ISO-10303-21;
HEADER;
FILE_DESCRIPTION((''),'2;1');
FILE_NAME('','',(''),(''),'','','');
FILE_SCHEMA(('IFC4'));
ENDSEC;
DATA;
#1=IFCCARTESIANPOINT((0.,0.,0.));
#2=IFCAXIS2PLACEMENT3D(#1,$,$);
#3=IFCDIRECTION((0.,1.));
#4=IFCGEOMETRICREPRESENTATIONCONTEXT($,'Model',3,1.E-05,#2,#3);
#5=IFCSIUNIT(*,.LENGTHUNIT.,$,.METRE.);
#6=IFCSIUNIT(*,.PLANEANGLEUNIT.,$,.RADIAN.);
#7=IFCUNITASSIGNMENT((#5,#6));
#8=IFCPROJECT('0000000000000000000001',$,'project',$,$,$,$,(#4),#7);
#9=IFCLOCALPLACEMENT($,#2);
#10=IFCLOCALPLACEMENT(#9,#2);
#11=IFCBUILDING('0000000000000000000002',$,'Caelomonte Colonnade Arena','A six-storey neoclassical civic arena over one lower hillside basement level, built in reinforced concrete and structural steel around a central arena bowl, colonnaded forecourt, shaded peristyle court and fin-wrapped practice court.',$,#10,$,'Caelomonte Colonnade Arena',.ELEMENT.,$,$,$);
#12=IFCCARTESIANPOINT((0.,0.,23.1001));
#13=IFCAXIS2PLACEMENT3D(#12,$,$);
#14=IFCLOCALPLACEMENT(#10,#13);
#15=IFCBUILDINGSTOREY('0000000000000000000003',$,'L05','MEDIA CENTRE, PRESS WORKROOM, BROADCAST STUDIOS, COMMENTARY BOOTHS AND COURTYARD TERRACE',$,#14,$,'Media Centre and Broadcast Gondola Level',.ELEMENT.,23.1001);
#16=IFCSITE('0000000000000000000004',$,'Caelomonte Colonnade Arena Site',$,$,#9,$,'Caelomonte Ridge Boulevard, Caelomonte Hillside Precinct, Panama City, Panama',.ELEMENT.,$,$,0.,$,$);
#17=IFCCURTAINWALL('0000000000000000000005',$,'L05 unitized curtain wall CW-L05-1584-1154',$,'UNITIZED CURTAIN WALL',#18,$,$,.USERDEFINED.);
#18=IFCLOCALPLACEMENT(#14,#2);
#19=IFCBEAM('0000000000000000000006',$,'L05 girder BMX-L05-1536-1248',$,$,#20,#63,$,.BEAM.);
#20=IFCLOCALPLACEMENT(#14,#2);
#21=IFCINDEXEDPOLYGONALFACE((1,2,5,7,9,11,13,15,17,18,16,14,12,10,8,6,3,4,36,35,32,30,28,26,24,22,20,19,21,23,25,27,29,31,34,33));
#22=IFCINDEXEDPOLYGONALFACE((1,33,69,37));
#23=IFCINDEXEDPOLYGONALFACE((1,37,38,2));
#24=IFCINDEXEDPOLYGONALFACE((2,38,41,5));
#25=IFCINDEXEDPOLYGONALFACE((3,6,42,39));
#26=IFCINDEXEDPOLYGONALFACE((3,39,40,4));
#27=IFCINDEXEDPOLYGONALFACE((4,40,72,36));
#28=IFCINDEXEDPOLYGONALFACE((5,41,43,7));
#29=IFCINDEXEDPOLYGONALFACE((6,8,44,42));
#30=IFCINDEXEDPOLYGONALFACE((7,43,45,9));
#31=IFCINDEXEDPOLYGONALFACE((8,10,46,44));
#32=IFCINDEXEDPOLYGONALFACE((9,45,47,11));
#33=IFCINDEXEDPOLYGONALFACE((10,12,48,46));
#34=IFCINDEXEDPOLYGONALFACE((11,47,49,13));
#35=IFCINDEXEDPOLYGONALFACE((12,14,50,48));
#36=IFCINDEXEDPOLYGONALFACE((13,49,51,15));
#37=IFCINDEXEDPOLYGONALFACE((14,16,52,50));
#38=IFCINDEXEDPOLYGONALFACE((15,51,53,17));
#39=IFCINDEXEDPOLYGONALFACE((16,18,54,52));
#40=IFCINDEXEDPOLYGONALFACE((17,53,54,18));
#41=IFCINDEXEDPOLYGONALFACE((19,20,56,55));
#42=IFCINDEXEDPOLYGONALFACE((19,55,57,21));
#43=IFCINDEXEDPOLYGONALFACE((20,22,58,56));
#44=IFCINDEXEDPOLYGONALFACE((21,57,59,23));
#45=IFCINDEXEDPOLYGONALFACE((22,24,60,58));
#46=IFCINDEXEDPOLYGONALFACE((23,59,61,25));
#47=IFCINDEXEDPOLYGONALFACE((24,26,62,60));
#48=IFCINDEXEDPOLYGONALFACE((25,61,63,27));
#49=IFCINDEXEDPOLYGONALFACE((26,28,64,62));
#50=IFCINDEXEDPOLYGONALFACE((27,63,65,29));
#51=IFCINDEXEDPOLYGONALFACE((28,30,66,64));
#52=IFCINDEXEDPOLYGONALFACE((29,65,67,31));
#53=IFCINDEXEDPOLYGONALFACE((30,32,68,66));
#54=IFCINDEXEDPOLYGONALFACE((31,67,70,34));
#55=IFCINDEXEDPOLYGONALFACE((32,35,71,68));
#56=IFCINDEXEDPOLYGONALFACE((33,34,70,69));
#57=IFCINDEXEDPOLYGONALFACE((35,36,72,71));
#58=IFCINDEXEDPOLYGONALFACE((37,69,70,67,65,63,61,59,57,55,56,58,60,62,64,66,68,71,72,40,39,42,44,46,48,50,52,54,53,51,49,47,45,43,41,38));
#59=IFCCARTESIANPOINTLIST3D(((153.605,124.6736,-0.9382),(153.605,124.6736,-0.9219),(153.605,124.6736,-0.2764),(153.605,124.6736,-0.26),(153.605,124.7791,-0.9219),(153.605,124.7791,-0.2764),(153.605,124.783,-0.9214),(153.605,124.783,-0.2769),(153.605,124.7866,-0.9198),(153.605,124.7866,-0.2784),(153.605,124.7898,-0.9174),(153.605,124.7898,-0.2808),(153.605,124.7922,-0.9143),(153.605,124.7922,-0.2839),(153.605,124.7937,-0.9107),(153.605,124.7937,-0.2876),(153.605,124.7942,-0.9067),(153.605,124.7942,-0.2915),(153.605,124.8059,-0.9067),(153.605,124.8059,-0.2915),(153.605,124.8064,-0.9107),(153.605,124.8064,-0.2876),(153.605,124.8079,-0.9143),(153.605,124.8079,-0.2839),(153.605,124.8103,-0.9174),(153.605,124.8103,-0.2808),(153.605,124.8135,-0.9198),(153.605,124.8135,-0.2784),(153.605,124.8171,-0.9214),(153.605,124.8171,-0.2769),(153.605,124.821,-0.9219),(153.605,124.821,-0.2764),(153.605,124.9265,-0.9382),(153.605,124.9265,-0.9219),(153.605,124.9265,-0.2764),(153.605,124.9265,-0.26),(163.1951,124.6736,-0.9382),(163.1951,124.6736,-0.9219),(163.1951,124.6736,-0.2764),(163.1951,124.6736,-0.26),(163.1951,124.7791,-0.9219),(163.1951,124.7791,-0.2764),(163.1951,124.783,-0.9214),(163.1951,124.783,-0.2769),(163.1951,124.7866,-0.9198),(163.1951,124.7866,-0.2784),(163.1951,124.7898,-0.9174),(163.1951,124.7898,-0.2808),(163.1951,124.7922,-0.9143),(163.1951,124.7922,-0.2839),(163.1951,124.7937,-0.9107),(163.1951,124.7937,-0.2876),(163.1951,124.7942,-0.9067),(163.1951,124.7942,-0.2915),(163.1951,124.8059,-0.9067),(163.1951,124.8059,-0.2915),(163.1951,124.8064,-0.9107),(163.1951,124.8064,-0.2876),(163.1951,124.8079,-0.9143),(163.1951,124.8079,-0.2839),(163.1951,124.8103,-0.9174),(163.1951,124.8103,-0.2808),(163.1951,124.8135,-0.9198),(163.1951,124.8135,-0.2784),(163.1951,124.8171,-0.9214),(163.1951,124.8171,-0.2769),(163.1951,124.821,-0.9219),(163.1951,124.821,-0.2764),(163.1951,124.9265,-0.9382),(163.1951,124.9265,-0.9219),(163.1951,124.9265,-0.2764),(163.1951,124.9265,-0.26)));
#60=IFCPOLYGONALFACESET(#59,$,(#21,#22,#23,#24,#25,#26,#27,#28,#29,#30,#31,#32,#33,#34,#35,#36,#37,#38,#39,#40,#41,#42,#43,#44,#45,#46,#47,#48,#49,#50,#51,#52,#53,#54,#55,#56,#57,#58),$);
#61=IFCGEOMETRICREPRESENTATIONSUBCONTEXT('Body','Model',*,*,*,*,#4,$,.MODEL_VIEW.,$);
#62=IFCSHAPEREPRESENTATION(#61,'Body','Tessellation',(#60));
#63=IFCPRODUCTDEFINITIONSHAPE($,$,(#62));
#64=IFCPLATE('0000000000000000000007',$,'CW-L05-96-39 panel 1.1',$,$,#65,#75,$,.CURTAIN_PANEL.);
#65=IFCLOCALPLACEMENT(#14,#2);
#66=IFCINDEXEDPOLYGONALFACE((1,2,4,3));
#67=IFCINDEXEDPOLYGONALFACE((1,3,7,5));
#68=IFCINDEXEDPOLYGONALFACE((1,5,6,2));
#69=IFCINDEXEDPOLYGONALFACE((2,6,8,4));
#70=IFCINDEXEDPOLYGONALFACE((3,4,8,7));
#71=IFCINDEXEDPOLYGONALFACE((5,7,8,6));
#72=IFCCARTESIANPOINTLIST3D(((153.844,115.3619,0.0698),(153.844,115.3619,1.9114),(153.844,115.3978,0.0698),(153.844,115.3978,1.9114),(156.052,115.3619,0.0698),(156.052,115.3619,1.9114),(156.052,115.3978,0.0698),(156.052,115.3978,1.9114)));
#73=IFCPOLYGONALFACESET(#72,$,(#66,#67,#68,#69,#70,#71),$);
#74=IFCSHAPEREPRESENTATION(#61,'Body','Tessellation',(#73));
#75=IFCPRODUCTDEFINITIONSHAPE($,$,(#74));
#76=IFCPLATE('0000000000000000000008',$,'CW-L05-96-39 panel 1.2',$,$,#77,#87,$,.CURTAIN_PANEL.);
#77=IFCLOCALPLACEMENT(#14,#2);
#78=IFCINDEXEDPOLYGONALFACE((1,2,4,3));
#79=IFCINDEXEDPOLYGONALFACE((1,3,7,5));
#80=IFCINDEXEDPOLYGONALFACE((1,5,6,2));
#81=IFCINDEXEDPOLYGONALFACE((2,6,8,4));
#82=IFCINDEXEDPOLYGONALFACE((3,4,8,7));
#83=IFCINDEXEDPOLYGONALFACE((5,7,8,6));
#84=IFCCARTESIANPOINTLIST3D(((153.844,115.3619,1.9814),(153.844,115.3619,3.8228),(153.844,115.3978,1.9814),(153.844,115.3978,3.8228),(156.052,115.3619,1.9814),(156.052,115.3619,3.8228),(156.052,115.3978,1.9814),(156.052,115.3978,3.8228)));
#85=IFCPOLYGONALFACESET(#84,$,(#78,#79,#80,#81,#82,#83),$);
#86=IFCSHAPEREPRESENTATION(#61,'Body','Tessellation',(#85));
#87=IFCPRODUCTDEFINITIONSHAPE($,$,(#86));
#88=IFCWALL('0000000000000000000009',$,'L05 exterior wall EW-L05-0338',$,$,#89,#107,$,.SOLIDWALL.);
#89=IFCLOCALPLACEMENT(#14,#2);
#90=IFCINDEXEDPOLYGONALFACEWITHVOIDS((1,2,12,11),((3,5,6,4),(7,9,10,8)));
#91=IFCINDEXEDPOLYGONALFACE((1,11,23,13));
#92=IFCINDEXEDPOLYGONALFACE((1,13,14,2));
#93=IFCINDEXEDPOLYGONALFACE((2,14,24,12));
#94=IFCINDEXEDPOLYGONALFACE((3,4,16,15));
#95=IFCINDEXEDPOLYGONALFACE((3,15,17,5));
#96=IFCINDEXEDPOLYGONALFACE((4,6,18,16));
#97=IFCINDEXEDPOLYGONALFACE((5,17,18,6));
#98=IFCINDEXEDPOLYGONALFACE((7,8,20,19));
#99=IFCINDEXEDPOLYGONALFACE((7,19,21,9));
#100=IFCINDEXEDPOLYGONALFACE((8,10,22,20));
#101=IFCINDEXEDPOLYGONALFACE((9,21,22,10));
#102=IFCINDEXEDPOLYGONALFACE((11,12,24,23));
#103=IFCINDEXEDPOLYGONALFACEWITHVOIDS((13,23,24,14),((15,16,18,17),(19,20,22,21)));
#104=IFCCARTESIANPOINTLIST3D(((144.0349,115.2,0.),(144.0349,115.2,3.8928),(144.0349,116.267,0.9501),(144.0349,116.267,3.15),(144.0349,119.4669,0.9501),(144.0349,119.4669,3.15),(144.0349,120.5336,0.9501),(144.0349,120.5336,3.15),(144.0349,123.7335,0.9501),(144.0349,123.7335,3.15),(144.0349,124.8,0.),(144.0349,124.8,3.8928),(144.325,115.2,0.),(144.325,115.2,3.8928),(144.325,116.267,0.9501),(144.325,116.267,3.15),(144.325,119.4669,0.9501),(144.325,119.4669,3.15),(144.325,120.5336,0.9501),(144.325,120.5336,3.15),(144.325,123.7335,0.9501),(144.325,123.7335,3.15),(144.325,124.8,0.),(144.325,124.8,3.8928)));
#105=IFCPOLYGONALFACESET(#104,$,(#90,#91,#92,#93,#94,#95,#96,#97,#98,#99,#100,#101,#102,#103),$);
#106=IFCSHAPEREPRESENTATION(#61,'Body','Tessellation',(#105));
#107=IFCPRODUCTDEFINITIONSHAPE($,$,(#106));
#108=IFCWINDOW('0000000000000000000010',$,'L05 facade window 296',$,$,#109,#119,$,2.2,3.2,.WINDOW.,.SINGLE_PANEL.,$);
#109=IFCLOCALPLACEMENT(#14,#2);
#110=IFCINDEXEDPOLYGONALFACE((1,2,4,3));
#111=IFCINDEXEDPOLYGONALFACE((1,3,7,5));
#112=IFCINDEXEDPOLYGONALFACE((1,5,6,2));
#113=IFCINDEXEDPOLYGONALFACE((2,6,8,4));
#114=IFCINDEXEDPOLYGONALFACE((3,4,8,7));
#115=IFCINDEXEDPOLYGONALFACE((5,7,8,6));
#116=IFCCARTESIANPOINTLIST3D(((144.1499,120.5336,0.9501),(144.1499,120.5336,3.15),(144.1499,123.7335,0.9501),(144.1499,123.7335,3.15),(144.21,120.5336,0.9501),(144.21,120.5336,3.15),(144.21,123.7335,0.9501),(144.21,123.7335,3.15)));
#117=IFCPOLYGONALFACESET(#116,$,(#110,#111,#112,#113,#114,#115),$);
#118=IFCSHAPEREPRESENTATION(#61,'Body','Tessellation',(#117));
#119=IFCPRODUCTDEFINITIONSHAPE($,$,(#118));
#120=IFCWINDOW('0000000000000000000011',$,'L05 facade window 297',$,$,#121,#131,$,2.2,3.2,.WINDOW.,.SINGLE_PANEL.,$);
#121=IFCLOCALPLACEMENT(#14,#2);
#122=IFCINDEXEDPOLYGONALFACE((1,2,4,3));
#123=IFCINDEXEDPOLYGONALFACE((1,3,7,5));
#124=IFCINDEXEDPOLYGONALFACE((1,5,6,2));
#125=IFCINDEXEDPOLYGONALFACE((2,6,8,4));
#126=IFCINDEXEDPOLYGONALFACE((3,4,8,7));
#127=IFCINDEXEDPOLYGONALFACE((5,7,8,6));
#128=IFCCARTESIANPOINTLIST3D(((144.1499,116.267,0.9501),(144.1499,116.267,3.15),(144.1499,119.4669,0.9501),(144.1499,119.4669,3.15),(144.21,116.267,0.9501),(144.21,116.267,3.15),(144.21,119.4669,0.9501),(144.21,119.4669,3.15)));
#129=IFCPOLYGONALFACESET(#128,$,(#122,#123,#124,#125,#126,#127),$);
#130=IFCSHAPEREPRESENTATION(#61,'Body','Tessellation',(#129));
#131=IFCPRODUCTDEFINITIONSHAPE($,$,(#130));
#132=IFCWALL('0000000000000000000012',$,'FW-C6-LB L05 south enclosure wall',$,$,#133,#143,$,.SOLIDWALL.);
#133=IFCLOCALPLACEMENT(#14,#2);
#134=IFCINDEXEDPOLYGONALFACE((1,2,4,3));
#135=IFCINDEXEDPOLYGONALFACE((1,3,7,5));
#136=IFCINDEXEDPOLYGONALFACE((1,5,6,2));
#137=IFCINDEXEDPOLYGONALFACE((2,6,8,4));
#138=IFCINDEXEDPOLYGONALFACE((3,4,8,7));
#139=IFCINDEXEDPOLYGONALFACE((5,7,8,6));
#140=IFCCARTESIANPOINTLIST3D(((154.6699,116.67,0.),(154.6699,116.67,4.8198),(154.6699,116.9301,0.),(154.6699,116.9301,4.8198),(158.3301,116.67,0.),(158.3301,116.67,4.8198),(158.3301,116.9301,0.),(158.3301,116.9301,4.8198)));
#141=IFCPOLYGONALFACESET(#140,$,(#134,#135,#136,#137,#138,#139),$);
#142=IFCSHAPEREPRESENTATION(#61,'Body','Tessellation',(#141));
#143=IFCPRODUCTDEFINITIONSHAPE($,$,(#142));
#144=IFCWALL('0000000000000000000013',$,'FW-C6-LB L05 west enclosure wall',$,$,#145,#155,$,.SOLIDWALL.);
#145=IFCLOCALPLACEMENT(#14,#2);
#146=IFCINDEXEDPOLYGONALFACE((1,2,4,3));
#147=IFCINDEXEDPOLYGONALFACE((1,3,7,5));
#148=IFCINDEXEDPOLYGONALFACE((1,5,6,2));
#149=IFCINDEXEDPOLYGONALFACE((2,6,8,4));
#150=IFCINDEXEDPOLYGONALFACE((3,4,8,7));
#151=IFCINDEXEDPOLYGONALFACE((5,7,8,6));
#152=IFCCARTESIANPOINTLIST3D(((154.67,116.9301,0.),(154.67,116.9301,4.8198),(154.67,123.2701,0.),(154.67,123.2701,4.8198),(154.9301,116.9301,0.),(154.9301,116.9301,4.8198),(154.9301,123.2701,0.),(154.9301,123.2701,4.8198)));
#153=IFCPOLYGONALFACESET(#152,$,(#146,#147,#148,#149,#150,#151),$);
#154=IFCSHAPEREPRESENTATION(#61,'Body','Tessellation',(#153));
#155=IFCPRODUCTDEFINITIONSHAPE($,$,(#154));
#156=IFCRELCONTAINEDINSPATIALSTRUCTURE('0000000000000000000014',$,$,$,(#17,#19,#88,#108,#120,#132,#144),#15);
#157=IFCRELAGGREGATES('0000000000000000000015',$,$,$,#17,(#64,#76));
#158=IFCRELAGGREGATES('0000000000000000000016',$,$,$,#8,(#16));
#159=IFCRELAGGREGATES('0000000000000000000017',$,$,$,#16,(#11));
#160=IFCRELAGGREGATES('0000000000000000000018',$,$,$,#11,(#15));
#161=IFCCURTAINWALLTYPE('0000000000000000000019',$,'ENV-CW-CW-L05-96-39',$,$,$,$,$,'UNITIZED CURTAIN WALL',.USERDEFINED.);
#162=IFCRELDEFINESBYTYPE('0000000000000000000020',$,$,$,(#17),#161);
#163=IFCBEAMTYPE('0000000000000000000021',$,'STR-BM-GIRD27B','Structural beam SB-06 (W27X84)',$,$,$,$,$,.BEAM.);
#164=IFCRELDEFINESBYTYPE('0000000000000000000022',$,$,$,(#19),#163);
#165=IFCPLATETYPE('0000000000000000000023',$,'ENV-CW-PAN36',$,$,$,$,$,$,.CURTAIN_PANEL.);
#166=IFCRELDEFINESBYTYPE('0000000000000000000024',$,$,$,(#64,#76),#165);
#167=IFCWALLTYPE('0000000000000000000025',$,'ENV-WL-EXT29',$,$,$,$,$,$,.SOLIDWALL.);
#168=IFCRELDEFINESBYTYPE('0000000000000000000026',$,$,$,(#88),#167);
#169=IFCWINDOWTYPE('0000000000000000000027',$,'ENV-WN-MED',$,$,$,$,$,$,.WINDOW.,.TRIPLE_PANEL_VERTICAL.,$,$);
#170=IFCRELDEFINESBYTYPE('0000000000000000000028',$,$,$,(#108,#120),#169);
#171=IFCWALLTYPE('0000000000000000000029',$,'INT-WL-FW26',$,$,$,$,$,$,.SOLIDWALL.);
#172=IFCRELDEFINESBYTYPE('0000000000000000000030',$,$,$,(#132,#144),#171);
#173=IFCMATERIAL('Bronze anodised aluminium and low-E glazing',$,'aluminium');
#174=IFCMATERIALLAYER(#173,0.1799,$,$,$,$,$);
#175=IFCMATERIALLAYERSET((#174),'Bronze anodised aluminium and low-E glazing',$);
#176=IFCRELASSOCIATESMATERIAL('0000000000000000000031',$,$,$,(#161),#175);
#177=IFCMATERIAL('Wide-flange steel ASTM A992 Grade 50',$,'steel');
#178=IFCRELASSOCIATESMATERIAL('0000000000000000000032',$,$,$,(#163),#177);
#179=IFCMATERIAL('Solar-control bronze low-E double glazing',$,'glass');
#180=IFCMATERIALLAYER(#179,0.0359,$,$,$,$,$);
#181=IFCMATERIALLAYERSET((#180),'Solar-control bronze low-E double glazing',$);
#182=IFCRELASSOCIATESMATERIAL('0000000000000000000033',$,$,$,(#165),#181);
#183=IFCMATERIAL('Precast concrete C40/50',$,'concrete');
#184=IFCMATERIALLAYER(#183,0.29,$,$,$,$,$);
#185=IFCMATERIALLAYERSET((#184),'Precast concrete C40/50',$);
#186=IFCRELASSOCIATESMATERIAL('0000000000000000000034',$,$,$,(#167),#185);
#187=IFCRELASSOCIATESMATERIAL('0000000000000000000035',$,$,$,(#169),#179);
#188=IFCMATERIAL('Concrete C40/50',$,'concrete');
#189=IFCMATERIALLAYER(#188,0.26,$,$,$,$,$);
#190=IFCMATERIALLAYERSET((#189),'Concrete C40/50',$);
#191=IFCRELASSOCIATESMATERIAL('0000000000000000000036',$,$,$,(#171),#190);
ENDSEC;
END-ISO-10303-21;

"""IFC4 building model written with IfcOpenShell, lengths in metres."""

from ifc_helpers import new_model, si_unit, direction, frame, frame_2d, origin, origin_2d, place, context, subcontext, project, spatial, rectangle, i_section, extrude, material, layer, layer_set, material_profile, profile_set, type_object, element, fill, aggregate, save


model = new_model("IFC4")

# Units and contexts
model_context = context("Model", 3, precision=1e-05, world=origin(), true_north=direction((0.0, 1.0)))
body_context = subcontext(model_context, "Body", "Model", "MODEL_VIEW")
ifc_project = project(units=[si_unit("LENGTHUNIT", "METRE"), si_unit("PLANEANGLEUNIT", "RADIAN")], contexts=[model_context])

# Site, building, storey
site_placement = place(None, origin())
site = spatial("IfcSite", under=ifc_project, at=site_placement, Name="Caelomonte Colonnade Arena Site", LongName="Caelomonte Ridge Boulevard, Caelomonte Hillside Precinct, Panama City, Panama", CompositionType="ELEMENT", RefElevation=0.0)
building_placement = place(site_placement, origin())
building = spatial("IfcBuilding", under=site, at=building_placement, Name="Caelomonte Colonnade Arena", Description="A six-storey neoclassical civic arena over one lower hillside basement level, built in reinforced concrete and structural steel around a central arena bowl, colonnaded forecourt, shaded peristyle court and fin-wrapped practice court.", LongName="Caelomonte Colonnade Arena", CompositionType="ELEMENT")
storey_placement = place(building_placement, frame((0.0, 0.0, 23.1001)))
storey = spatial("IfcBuildingStorey", under=building, at=storey_placement, Name="L05", Description="MEDIA CENTRE, PRESS WORKROOM, BROADCAST STUDIOS, COMMENTARY BOOTHS AND COURTYARD TERRACE", LongName="Media Centre and Broadcast Gondola Level", CompositionType="ELEMENT", Elevation=23.1001)

# Shared definitions
ifc_material_1 = material(Name="Wide-flange steel ASTM A992 Grade 50", Category="steel")

# Shared definitions
ifc_material_2 = material(Name="Bronze anodised aluminium and low-E glazing", Category="aluminium")
ifc_layer_1 = layer(ifc_material_2, 0.1799)
ifc_layer_set_1 = layer_set([ifc_layer_1], Name="Bronze anodised aluminium and low-E glazing")
curtain_wall_type = type_object("IfcCurtainWallType", Name="ENV-CW-CW-L05-96-39", ElementType="UNITIZED CURTAIN WALL", PredefinedType="USERDEFINED", material=ifc_layer_set_1)

# Curtain wall
curtain_wall_1_placement = place(storey_placement, origin())
curtain_wall_1 = element("IfcCurtainWall", 1, at=curtain_wall_1_placement, inside=storey, type_object=curtain_wall_type, Name="L05 unitized curtain wall CW-L05-1584-1154", ObjectType="UNITIZED CURTAIN WALL", PredefinedType="USERDEFINED")

# Beam
ifc_material_profile_1 = material_profile(ifc_material_1, i_section(OverallWidth=0.2529, OverallDepth=0.6782, WebThickness=0.0117, FlangeThickness=0.0164, FilletRadius=0.0151, at=origin_2d()), Name="W27X84")
ifc_profile_set_1 = profile_set([ifc_material_profile_1], Name="Wide-flange steel ASTM A992 Grade 50")
beam_type_1 = type_object("IfcBeamType", Name="STR-BM-GIRD27B", Description="Structural beam SB-06 (W27X84)", PredefinedType="BEAM", material=ifc_profile_set_1)
beam_1_placement = place(storey_placement, frame((153.605, 124.8, -0.5991), z_axis=(1.0, 0.0, 0.0), x_axis=(0.0, 1.0, 0.0)))
element("IfcBeam", 2, at=beam_1_placement, inside=storey, type_object=beam_type_1, Name="L05 girder BMX-L05-1536-1248", PredefinedType="BEAM", context=body_context, shape_type="SweptSolid", body=[
    extrude(i_section(OverallWidth=0.2529, OverallDepth=0.6782, WebThickness=0.0117, FlangeThickness=0.0164, FilletRadius=0.0151, at=origin_2d()), origin(), (0.0, 0.0, 1.0), 9.5901),
])

# Plates
ifc_material_3 = material(Name="Solar-control bronze low-E double glazing", Category="glass")
ifc_layer_2 = layer(ifc_material_3, 0.0359)
ifc_layer_set_2 = layer_set([ifc_layer_2], Name="Solar-control bronze low-E double glazing")
plate_type = type_object("IfcPlateType", Name="ENV-CW-PAN36", PredefinedType="CURTAIN_PANEL", material=ifc_layer_set_2)
plate_1_placement = place(storey_placement, frame((154.948, 115.3799, 0.0698), z_axis=(0.0, 0.0, 1.0), x_axis=(1.0, 0.0, 0.0)))
plate_1 = element("IfcPlate", 3, at=plate_1_placement, type_object=plate_type, Name="CW-L05-96-39 panel 1.1", PredefinedType="CURTAIN_PANEL", context=body_context, shape_type="SweptSolid", body=[
    extrude(rectangle(XDim=2.208, YDim=0.0359, at=origin_2d()), origin(), (0.0, 0.0, 1.0), 1.8416),
])
plate_2_placement = place(storey_placement, frame((154.948, 115.3799, 1.9814), z_axis=(0.0, 0.0, 1.0), x_axis=(1.0, 0.0, 0.0)))
plate_2 = element("IfcPlate", 4, at=plate_2_placement, type_object=plate_type, Name="CW-L05-96-39 panel 1.2", PredefinedType="CURTAIN_PANEL", context=body_context, shape_type="SweptSolid", body=[
    extrude(rectangle(XDim=2.208, YDim=0.0359, at=origin_2d()), origin(), (0.0, 0.0, 1.0), 1.8413),
])
aggregate(curtain_wall_1, [plate_1, plate_2])

# Wall, openings, windows
ifc_material_4 = material(Name="Precast concrete C40/50", Category="concrete")
ifc_layer_3 = layer(ifc_material_4, 0.29)
ifc_layer_set_3 = layer_set([ifc_layer_3], Name="Precast concrete C40/50")
wall_type_1 = type_object("IfcWallType", Name="ENV-WL-EXT29", PredefinedType="SOLIDWALL", material=ifc_layer_set_3)
wall_1_placement = place(storey_placement, frame((144.1799, 124.8, 0.0), z_axis=(0.0, 0.0, 1.0), x_axis=(0.0, -1.0, 0.0)))
wall_1 = element("IfcWall", 5, at=wall_1_placement, inside=storey, type_object=wall_type_1, Name="L05 exterior wall EW-L05-0338", PredefinedType="SOLIDWALL", context=body_context, shape_type="SweptSolid", body=[
    extrude(rectangle(XDim=9.6001, YDim=0.29, at=frame_2d((4.8, 0.0))), origin(), (0.0, 0.0, 1.0), 3.8928),
])
opening_1_placement = place(wall_1_placement, frame((4.2666, 0.0, 0.95), z_axis=(0.0, 0.0, 1.0), x_axis=(-1.0, 0.0, 0.0)))
opening_1 = element("IfcOpeningElement", 6, at=opening_1_placement, cuts=wall_1, PredefinedType="OPENING", context=body_context, shape_type="SweptSolid", body=[
    extrude(rectangle(XDim=3.2, YDim=2.2, at=frame_2d((1.6001, 1.1001))), frame((0.0, 0.155, 0.0), z_axis=(0.0, -1.0, 0.0), x_axis=(1.0, 0.0, 0.0)), (0.0, 0.0, 1.0), 0.3101),
])
opening_2_placement = place(wall_1_placement, frame((8.5332, 0.0, 0.95), z_axis=(0.0, 0.0, 1.0), x_axis=(-1.0, 0.0, 0.0)))
opening_2 = element("IfcOpeningElement", 7, at=opening_2_placement, cuts=wall_1, PredefinedType="OPENING", context=body_context, shape_type="SweptSolid", body=[
    extrude(rectangle(XDim=3.2, YDim=2.2, at=frame_2d((1.6001, 1.1001))), frame((0.0, 0.155, 0.0), z_axis=(0.0, -1.0, 0.0), x_axis=(1.0, 0.0, 0.0)), (0.0, 0.0, 1.0), 0.3101),
])
window_type = type_object("IfcWindowType", Name="ENV-WN-MED", PartitioningType="TRIPLE_PANEL_VERTICAL", PredefinedType="WINDOW", material=ifc_material_3)
window_1_placement = place(opening_1_placement, origin())
window_1 = element("IfcWindow", 8, at=window_1_placement, inside=storey, type_object=window_type, Name="L05 facade window 296", OverallHeight=2.2, OverallWidth=3.2, PartitioningType="SINGLE_PANEL", PredefinedType="WINDOW", context=body_context, shape_type="SweptSolid", body=[
    extrude(rectangle(XDim=3.2, YDim=2.2, at=frame_2d((1.6001, 1.1001))), frame((0.0, 0.03, 0.0), z_axis=(0.0, -1.0, 0.0), x_axis=(1.0, 0.0, 0.0)), (0.0, 0.0, 1.0), 0.0601),
])
fill(opening_1, window_1)
window_2_placement = place(opening_2_placement, origin())
window_2 = element("IfcWindow", 9, at=window_2_placement, inside=storey, type_object=window_type, Name="L05 facade window 297", OverallHeight=2.2, OverallWidth=3.2, PartitioningType="SINGLE_PANEL", PredefinedType="WINDOW", context=body_context, shape_type="SweptSolid", body=[
    extrude(rectangle(XDim=3.2, YDim=2.2, at=frame_2d((1.6001, 1.1001))), frame((0.0, 0.03, 0.0), z_axis=(0.0, -1.0, 0.0), x_axis=(1.0, 0.0, 0.0)), (0.0, 0.0, 1.0), 0.0601),
])
fill(opening_2, window_2)

# Walls
ifc_material_5 = material(Name="Concrete C40/50", Category="concrete")
ifc_layer_4 = layer(ifc_material_5, 0.26)
ifc_layer_set_4 = layer_set([ifc_layer_4], Name="Concrete C40/50")
wall_type_2 = type_object("IfcWallType", Name="INT-WL-FW26", PredefinedType="SOLIDWALL", material=ifc_layer_set_4)
wall_2_placement = place(storey_placement, frame((154.6699, 116.8, 0.0), z_axis=(0.0, 0.0, 1.0), x_axis=(1.0, 0.0, 0.0)))
element("IfcWall", 10, at=wall_2_placement, inside=storey, type_object=wall_type_2, Name="FW-C6-LB L05 south enclosure wall", PredefinedType="SOLIDWALL", context=body_context, shape_type="SweptSolid", body=[
    extrude(rectangle(XDim=3.6602, YDim=0.26, at=frame_2d((1.8301, 0.0))), origin(), (0.0, 0.0, 1.0), 4.8198),
])
wall_3_placement = place(storey_placement, frame((154.8, 123.27, 0.0), z_axis=(0.0, 0.0, 1.0), x_axis=(0.0, -1.0, 0.0)))
element("IfcWall", 11, at=wall_3_placement, inside=storey, type_object=wall_type_2, Name="FW-C6-LB L05 west enclosure wall", PredefinedType="SOLIDWALL", context=body_context, shape_type="SweptSolid", body=[
    extrude(rectangle(XDim=6.3401, YDim=0.26, at=frame_2d((3.1699, 0.0))), origin(), (0.0, 0.0, 1.0), 4.8198),
])

save(model, "model.ifc")
